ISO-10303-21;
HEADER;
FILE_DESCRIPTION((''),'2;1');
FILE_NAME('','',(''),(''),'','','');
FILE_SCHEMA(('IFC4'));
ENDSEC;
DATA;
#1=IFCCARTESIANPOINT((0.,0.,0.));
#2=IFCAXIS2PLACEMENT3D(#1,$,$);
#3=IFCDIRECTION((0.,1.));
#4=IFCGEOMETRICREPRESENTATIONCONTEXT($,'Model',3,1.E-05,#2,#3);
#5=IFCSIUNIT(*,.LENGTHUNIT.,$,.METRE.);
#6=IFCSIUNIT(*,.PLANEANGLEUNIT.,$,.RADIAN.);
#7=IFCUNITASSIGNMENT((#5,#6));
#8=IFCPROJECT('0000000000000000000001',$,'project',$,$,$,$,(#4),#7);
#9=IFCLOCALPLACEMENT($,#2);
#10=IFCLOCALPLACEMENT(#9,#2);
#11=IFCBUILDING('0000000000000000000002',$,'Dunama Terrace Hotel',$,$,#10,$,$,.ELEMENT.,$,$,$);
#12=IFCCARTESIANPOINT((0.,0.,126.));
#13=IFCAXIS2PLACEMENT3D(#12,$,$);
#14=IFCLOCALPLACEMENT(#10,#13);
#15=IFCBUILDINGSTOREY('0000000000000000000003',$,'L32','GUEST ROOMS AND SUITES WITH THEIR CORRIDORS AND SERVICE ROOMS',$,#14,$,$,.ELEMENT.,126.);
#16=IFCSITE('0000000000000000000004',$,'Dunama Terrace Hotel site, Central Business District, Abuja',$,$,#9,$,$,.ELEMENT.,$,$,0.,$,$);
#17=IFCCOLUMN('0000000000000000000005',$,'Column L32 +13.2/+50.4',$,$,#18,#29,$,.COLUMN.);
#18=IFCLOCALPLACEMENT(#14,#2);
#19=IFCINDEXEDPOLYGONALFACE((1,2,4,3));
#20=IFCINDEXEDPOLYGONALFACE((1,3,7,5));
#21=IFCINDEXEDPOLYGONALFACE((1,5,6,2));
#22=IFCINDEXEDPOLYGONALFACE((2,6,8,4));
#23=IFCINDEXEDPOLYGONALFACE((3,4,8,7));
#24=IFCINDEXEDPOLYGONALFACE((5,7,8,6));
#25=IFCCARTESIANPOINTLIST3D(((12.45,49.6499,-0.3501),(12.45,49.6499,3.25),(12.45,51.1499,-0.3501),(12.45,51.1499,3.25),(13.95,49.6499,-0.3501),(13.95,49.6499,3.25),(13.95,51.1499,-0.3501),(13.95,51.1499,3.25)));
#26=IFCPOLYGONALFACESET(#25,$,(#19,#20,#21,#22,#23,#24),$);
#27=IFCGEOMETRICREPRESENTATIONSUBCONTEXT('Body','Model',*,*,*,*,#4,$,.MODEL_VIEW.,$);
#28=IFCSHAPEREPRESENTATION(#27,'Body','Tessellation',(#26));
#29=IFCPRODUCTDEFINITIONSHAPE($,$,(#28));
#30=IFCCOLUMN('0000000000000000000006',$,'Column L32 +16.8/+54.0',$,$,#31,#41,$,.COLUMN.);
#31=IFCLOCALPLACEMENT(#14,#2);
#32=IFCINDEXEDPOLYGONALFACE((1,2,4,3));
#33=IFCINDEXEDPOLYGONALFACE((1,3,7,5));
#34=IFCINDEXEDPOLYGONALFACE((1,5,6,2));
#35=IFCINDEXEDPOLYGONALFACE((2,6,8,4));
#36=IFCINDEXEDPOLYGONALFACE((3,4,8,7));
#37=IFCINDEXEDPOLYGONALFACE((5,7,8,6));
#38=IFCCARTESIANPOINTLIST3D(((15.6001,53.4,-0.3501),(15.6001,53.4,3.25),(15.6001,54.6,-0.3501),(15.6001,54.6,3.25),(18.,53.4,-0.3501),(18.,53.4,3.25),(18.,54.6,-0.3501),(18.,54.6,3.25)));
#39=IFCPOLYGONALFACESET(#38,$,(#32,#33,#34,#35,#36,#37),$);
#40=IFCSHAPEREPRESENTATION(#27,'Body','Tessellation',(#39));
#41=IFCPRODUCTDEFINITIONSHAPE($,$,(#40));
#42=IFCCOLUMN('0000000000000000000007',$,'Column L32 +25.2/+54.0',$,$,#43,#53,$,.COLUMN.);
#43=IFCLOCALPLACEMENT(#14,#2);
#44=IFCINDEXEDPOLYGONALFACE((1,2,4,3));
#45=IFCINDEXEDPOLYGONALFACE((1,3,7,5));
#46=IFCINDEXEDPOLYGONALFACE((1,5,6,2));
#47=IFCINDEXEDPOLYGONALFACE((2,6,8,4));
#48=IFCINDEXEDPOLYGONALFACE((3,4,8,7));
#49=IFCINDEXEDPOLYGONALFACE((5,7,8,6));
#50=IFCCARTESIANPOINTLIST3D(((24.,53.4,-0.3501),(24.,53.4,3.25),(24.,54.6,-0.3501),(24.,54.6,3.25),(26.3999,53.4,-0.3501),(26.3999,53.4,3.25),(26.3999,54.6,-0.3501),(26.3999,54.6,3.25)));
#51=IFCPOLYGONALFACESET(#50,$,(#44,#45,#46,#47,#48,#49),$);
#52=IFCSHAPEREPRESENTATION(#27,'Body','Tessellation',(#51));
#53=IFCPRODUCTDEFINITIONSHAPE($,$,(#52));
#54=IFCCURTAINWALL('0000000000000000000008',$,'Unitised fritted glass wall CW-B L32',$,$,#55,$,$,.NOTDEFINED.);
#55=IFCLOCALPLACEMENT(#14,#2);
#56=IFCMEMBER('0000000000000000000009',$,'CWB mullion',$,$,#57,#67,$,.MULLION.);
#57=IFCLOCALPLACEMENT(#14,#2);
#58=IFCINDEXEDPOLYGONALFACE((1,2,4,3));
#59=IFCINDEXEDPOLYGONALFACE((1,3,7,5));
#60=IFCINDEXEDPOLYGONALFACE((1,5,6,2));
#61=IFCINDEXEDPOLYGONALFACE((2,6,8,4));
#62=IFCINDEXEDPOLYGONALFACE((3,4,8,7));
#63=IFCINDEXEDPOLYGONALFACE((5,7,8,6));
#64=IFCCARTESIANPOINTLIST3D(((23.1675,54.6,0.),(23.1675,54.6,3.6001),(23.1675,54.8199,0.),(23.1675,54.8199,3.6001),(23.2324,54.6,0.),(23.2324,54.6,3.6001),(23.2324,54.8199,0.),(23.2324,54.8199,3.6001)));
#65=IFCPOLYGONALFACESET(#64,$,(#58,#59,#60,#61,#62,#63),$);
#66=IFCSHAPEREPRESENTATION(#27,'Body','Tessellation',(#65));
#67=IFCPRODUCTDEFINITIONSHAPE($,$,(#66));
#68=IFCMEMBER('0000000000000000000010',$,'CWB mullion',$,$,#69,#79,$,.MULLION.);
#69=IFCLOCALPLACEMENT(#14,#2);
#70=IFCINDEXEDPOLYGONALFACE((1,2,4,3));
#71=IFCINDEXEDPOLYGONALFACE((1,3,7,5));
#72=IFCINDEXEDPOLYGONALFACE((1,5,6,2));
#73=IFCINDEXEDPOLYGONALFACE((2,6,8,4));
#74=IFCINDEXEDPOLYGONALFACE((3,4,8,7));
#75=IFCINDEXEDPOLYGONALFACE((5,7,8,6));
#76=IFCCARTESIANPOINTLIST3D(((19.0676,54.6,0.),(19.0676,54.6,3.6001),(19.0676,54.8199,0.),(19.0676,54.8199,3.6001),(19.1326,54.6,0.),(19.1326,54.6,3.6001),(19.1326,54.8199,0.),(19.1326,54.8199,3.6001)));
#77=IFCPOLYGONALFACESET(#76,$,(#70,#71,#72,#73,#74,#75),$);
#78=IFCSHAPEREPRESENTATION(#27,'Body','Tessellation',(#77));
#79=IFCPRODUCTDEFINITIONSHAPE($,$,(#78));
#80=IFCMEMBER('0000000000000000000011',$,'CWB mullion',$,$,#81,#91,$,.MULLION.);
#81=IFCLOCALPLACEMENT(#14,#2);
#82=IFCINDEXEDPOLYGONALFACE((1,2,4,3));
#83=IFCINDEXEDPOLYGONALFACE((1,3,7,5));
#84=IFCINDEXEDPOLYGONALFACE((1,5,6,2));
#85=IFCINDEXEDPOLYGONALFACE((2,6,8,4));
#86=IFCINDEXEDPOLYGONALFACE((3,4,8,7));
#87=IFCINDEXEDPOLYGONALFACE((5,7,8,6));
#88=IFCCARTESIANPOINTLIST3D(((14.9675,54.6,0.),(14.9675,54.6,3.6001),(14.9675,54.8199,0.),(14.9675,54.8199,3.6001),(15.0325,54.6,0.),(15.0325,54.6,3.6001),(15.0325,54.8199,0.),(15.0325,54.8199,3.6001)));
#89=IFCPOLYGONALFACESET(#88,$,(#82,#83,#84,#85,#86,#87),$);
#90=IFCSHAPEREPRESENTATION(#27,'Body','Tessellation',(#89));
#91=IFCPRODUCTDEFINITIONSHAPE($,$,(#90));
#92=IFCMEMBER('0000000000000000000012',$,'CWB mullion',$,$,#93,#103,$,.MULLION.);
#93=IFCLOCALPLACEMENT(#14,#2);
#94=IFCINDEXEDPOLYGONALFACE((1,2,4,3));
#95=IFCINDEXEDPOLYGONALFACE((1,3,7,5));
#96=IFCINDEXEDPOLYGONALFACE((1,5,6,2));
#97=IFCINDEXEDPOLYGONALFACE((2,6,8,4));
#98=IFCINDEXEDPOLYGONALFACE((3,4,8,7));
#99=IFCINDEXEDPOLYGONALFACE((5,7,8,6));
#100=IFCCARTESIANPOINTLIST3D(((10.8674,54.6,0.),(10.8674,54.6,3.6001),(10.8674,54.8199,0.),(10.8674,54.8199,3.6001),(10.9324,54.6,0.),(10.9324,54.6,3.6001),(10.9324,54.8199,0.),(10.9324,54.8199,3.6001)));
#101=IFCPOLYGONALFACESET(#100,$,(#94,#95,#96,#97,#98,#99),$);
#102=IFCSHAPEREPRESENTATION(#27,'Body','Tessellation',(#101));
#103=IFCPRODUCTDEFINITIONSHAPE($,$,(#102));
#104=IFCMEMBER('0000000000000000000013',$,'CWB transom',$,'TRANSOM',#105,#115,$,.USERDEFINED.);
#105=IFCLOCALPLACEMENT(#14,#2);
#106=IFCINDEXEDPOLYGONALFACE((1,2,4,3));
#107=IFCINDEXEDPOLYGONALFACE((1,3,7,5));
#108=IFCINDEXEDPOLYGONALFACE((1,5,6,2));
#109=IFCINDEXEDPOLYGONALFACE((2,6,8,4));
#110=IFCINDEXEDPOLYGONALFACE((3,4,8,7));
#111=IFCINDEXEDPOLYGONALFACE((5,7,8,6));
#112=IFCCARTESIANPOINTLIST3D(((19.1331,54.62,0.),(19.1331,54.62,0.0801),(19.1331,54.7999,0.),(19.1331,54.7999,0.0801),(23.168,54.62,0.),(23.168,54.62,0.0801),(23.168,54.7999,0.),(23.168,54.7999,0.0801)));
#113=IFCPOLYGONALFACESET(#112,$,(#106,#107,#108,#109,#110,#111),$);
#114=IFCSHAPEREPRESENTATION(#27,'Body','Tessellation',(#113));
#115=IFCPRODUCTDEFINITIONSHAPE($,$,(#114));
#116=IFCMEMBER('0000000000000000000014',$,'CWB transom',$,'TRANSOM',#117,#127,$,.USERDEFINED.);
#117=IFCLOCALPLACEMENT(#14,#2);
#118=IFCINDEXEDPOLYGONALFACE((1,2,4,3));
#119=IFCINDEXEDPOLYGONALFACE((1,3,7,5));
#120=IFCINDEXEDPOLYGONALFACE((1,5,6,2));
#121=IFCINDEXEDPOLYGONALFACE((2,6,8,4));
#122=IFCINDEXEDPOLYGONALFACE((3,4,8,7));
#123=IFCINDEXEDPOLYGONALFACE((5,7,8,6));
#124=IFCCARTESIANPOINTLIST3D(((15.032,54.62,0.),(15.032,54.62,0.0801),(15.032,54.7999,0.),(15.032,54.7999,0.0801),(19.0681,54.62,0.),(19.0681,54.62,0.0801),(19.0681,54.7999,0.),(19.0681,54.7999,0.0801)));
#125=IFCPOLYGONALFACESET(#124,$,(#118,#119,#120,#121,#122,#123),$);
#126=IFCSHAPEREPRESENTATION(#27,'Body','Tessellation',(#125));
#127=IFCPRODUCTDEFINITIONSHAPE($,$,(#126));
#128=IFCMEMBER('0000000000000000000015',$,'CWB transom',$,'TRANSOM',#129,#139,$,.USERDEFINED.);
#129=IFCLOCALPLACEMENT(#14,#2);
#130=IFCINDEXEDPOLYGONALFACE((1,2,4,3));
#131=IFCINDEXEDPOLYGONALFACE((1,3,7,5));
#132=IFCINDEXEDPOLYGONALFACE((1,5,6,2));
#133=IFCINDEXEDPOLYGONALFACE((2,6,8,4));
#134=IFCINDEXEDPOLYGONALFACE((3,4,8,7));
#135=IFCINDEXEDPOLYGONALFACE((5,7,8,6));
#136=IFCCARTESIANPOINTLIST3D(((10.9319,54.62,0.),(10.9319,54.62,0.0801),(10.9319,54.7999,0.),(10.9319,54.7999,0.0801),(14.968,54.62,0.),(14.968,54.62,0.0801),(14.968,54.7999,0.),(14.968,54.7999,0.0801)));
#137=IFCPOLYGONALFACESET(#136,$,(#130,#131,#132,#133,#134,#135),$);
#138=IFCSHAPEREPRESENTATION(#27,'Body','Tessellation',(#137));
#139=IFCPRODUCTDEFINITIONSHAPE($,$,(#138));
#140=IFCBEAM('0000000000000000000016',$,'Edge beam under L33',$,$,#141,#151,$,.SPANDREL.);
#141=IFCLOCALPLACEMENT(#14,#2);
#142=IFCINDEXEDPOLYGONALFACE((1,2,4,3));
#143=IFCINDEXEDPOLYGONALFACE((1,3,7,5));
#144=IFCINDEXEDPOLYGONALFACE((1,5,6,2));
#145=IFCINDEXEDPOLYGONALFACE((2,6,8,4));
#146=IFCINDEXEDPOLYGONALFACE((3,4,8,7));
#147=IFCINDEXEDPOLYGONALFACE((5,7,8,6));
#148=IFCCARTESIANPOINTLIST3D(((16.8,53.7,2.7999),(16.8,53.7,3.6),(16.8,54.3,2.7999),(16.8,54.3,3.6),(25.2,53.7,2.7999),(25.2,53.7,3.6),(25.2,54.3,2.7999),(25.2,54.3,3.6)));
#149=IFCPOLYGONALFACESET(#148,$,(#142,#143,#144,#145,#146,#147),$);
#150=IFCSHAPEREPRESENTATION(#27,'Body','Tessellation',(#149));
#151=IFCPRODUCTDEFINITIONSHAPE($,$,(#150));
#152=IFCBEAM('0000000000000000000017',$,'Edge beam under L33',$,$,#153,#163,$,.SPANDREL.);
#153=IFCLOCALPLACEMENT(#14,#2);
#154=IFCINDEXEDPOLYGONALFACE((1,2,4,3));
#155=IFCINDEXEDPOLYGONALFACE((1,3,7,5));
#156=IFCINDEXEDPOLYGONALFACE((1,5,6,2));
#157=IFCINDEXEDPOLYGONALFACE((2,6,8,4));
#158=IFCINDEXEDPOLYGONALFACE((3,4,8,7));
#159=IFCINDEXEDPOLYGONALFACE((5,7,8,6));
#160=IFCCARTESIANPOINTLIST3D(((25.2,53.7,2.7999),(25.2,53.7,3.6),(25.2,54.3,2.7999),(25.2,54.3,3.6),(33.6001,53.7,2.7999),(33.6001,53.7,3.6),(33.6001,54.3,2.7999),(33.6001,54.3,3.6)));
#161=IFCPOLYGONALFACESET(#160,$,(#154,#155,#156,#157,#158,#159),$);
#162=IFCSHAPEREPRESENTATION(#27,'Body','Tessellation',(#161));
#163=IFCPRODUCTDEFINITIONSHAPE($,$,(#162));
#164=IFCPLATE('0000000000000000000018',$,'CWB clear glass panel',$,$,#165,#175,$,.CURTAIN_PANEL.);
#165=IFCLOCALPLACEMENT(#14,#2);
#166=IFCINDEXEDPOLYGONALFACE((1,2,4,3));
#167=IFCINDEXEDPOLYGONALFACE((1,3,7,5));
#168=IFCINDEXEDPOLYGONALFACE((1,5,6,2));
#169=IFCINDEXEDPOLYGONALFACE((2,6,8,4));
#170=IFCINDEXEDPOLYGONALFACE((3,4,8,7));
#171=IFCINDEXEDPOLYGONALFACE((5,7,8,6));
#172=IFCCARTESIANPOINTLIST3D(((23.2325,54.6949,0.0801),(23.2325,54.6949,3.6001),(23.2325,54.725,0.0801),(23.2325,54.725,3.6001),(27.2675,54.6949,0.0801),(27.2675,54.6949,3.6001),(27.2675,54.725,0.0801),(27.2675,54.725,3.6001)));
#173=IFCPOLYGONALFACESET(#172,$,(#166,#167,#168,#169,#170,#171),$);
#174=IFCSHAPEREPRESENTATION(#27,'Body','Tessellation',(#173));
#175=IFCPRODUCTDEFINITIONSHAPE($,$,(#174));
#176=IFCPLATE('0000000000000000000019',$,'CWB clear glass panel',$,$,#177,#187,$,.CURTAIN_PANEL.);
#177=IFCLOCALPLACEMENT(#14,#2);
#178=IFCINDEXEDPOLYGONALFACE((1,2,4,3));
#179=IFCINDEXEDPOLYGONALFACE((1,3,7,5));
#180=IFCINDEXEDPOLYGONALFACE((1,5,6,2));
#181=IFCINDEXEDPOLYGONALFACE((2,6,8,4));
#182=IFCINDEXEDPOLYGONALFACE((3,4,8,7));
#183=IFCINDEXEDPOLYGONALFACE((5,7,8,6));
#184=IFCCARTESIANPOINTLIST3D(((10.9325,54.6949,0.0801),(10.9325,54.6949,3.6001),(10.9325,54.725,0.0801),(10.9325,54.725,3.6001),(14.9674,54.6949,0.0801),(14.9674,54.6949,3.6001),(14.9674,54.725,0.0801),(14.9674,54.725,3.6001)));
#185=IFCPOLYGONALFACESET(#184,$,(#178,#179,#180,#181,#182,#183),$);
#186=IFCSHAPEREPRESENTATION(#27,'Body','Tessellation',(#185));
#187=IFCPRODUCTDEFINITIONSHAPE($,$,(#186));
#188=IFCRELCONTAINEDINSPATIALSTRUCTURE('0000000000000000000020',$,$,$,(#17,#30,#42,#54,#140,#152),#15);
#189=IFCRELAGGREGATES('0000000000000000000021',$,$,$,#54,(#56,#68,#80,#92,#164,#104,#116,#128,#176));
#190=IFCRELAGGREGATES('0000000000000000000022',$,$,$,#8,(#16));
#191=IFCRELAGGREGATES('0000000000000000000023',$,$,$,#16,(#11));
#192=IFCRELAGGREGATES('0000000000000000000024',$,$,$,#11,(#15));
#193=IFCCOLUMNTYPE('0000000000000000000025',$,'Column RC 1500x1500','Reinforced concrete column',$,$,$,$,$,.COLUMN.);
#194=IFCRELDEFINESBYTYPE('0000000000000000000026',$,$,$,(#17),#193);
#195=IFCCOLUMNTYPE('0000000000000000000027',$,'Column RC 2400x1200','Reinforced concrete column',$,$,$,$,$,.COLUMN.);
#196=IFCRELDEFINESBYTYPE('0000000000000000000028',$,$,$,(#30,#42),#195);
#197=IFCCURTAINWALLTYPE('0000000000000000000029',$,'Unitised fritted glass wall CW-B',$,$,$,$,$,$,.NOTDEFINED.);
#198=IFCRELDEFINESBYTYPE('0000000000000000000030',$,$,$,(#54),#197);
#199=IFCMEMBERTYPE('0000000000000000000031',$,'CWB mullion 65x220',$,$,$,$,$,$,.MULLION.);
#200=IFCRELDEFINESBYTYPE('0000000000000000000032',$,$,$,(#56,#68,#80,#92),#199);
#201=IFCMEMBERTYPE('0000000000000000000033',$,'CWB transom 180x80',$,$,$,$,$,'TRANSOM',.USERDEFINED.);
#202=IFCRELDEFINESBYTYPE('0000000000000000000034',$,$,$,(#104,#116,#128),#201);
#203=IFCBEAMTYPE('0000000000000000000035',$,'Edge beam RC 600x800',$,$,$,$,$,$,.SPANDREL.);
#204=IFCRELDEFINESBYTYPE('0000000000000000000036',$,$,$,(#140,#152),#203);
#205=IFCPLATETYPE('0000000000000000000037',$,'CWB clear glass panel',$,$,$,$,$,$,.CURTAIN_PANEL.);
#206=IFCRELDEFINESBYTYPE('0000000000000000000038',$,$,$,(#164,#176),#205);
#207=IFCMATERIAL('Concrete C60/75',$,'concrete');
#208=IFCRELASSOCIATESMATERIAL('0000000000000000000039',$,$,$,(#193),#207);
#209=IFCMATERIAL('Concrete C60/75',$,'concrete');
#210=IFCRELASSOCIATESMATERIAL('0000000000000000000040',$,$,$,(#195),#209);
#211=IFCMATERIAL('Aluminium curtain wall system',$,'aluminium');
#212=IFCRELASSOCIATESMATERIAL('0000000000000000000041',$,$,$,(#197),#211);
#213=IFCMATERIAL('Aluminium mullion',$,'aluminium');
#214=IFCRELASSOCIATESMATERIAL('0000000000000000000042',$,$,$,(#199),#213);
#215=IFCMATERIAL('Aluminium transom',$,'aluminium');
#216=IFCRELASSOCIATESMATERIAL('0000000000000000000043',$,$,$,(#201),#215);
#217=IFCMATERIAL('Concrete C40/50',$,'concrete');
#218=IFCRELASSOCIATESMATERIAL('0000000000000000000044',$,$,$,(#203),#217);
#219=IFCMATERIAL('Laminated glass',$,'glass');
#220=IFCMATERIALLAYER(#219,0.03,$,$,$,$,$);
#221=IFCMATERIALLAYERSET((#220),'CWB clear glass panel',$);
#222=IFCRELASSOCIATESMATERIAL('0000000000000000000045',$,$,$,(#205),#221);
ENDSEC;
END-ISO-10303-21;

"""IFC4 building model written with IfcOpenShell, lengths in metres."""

from ifc_helpers import new_model, si_unit, direction, frame, origin, origin_2d, place, context, subcontext, project, spatial, rectangle, extrude, material, layer, layer_set, material_profile, profile_set, type_object, element, aggregate, save


model = new_model("IFC4")

# Units and contexts
model_context = context("Model", 3, precision=1e-05, world=origin(), true_north=direction((0.0, 1.0)))
body_context = subcontext(model_context, "Body", "Model", "MODEL_VIEW")
ifc_project = project(units=[si_unit("LENGTHUNIT", "METRE"), si_unit("PLANEANGLEUNIT", "RADIAN")], contexts=[model_context])

# Site, building, storey
site_placement = place(None, origin())
site = spatial("IfcSite", under=ifc_project, at=site_placement, Name="Dunama Terrace Hotel site, Central Business District, Abuja", CompositionType="ELEMENT", RefElevation=0.0)
building_placement = place(site_placement, origin())
building = spatial("IfcBuilding", under=site, at=building_placement, Name="Dunama Terrace Hotel", CompositionType="ELEMENT")
storey_placement = place(building_placement, frame((0.0, 0.0, 126.0)))
storey = spatial("IfcBuildingStorey", under=building, at=storey_placement, Name="L32", Description="GUEST ROOMS AND SUITES WITH THEIR CORRIDORS AND SERVICE ROOMS", CompositionType="ELEMENT", Elevation=126.0)

# Columns
ifc_material_1 = material(Name="Concrete C60/75", Category="concrete")
ifc_material_profile_1 = material_profile(ifc_material_1, rectangle(XDim=1.5, YDim=1.5, at=origin_2d()), Name="RC 1500x1500")
ifc_profile_set_1 = profile_set([ifc_material_profile_1], Name="Concrete C60/75")
column_type_1 = type_object("IfcColumnType", Name="Column RC 1500x1500", Description="Reinforced concrete column", PredefinedType="COLUMN", material=ifc_profile_set_1)
column_placement = place(storey_placement, frame((13.2, 50.3999, -0.3501), z_axis=(0.0, 0.0, 1.0), x_axis=(1.0, 0.0, 0.0)))
element("IfcColumn", 1, at=column_placement, inside=storey, type_object=column_type_1, Name="Column L32 +13.2/+50.4", PredefinedType="COLUMN", context=body_context, shape_type="SweptSolid", body=[
    extrude(rectangle(XDim=1.5, YDim=1.5, at=origin_2d()), origin(), (0.0, 0.0, 1.0), 3.6001),
])
ifc_material_2 = material(Name="Concrete C60/75", Category="concrete")
ifc_material_profile_2 = material_profile(ifc_material_2, rectangle(XDim=2.3999, YDim=1.2, at=origin_2d()), Name="RC 2400x1200")
ifc_profile_set_2 = profile_set([ifc_material_profile_2], Name="Concrete C60/75")
column_type_2 = type_object("IfcColumnType", Name="Column RC 2400x1200", Description="Reinforced concrete column", PredefinedType="COLUMN", material=ifc_profile_set_2)
for number, where, z_axis, x_axis, name in (
    (2, (16.8, 54.0, -0.3501), (0.0, 0.0, 1.0), (1.0, 0.0, 0.0), "Column L32 +16.8/+54.0"),
    (3, (25.2, 54.0, -0.3501), (0.0, 0.0, 1.0), (1.0, 0.0, 0.0), "Column L32 +25.2/+54.0"),
):
    element("IfcColumn", number, at=place(storey_placement, frame(where, z_axis=z_axis, x_axis=x_axis)), inside=storey, type_object=column_type_2, Name=name, PredefinedType="COLUMN", context=body_context, shape_type="SweptSolid", body=[
        extrude(rectangle(XDim=2.3999, YDim=1.2, at=origin_2d()), origin(), (0.0, 0.0, 1.0), 3.6001),
    ])

# Curtain wall, members
ifc_material_3 = material(Name="Aluminium curtain wall system", Category="aluminium")
curtain_wall_type = type_object("IfcCurtainWallType", Name="Unitised fritted glass wall CW-B", PredefinedType="NOTDEFINED", material=ifc_material_3)
curtain_wall_placement = place(storey_placement, origin())
curtain_wall = element("IfcCurtainWall", 4, at=curtain_wall_placement, inside=storey, type_object=curtain_wall_type, Name="Unitised fritted glass wall CW-B L32", PredefinedType="NOTDEFINED")
ifc_material_4 = material(Name="Aluminium mullion", Category="aluminium")
ifc_material_profile_3 = material_profile(ifc_material_4, rectangle(XDim=0.0649, YDim=0.22, at=origin_2d()), Name="CWB MULLION 65X220")
ifc_profile_set_3 = profile_set([ifc_material_profile_3], Name="Aluminium mullion")
member_type_1 = type_object("IfcMemberType", Name="CWB mullion 65x220", PredefinedType="MULLION", material=ifc_profile_set_3)
member_1_placement = place(storey_placement, frame((23.2, 54.71, 0.0), z_axis=(0.0, 0.0, 1.0), x_axis=(-1.0, 0.0, 0.0)))
member_1 = element("IfcMember", 5, at=member_1_placement, type_object=member_type_1, Name="CWB mullion", PredefinedType="MULLION", context=body_context, shape_type="SweptSolid", body=[
    extrude(rectangle(XDim=0.0649, YDim=0.22, at=origin_2d()), origin(), (0.0, 0.0, 1.0), 3.6001),
])
member_2_placement = place(storey_placement, frame((19.1001, 54.71, 0.0), z_axis=(0.0, 0.0, 1.0), x_axis=(-1.0, 0.0, 0.0)))
member_2 = element("IfcMember", 6, at=member_2_placement, type_object=member_type_1, Name="CWB mullion", PredefinedType="MULLION", context=body_context, shape_type="SweptSolid", body=[
    extrude(rectangle(XDim=0.0649, YDim=0.22, at=origin_2d()), origin(), (0.0, 0.0, 1.0), 3.6001),
])
member_3_placement = place(storey_placement, frame((15.0, 54.71, 0.0), z_axis=(0.0, 0.0, 1.0), x_axis=(-1.0, 0.0, 0.0)))
member_3 = element("IfcMember", 7, at=member_3_placement, type_object=member_type_1, Name="CWB mullion", PredefinedType="MULLION", context=body_context, shape_type="SweptSolid", body=[
    extrude(rectangle(XDim=0.0649, YDim=0.22, at=origin_2d()), origin(), (0.0, 0.0, 1.0), 3.6001),
])
member_4_placement = place(storey_placement, frame((10.8999, 54.71, 0.0), z_axis=(0.0, 0.0, 1.0), x_axis=(-1.0, 0.0, 0.0)))
member_4 = element("IfcMember", 8, at=member_4_placement, type_object=member_type_1, Name="CWB mullion", PredefinedType="MULLION", context=body_context, shape_type="SweptSolid", body=[
    extrude(rectangle(XDim=0.0649, YDim=0.22, at=origin_2d()), origin(), (0.0, 0.0, 1.0), 3.6001),
])
ifc_material_5 = material(Name="Aluminium transom", Category="aluminium")
ifc_material_profile_4 = material_profile(ifc_material_5, rectangle(XDim=0.1799, YDim=0.0801, at=origin_2d()), Name="CWB TRANSOM 180X80")
ifc_profile_set_4 = profile_set([ifc_material_profile_4], Name="Aluminium transom")
member_type_2 = type_object("IfcMemberType", Name="CWB transom 180x80", ElementType="TRANSOM", PredefinedType="USERDEFINED", material=ifc_profile_set_4)
member_5_placement = place(storey_placement, frame((23.168, 54.71, 0.04), z_axis=(-1.0, 0.0, 0.0), x_axis=(0.0, -1.0, 0.0)))
member_5 = element("IfcMember", 9, at=member_5_placement, type_object=member_type_2, Name="CWB transom", ObjectType="TRANSOM", PredefinedType="USERDEFINED", context=body_context, shape_type="SweptSolid", body=[
    extrude(rectangle(XDim=0.1799, YDim=0.0801, at=origin_2d()), origin(), (0.0, 0.0, 1.0), 4.0349),
])
member_6_placement = place(storey_placement, frame((19.0681, 54.71, 0.04), z_axis=(-1.0, 0.0, 0.0), x_axis=(0.0, -1.0, 0.0)))
member_6 = element("IfcMember", 10, at=member_6_placement, type_object=member_type_2, Name="CWB transom", ObjectType="TRANSOM", PredefinedType="USERDEFINED", context=body_context, shape_type="SweptSolid", body=[
    extrude(rectangle(XDim=0.1799, YDim=0.0801, at=origin_2d()), origin(), (0.0, 0.0, 1.0), 4.0361),
])
member_7_placement = place(storey_placement, frame((14.968, 54.71, 0.04), z_axis=(-1.0, 0.0, 0.0), x_axis=(0.0, -1.0, 0.0)))
member_7 = element("IfcMember", 11, at=member_7_placement, type_object=member_type_2, Name="CWB transom", ObjectType="TRANSOM", PredefinedType="USERDEFINED", context=body_context, shape_type="SweptSolid", body=[
    extrude(rectangle(XDim=0.1799, YDim=0.0801, at=origin_2d()), origin(), (0.0, 0.0, 1.0), 4.0361),
])

# Beams
ifc_material_6 = material(Name="Concrete C40/50", Category="concrete")
ifc_material_profile_5 = material_profile(ifc_material_6, rectangle(XDim=0.6001, YDim=0.8, at=origin_2d()), Name="RC 600x800")
ifc_profile_set_5 = profile_set([ifc_material_profile_5], Name="Concrete C40/50")
beam_type = type_object("IfcBeamType", Name="Edge beam RC 600x800", PredefinedType="SPANDREL", material=ifc_profile_set_5)
beam_1_placement = place(storey_placement, frame((16.8, 54.0, 3.2), z_axis=(1.0, 0.0, 0.0), x_axis=(0.0, 1.0, 0.0)))
element("IfcBeam", 12, at=beam_1_placement, inside=storey, type_object=beam_type, Name="Edge beam under L33", PredefinedType="SPANDREL", context=body_context, shape_type="SweptSolid", body=[
    extrude(rectangle(XDim=0.6001, YDim=0.8, at=origin_2d()), origin(), (0.0, 0.0, 1.0), 8.3999),
])
beam_2_placement = place(storey_placement, frame((25.2, 54.0, 3.2), z_axis=(1.0, 0.0, 0.0), x_axis=(0.0, 1.0, 0.0)))
element("IfcBeam", 13, at=beam_2_placement, inside=storey, type_object=beam_type, Name="Edge beam under L33", PredefinedType="SPANDREL", context=body_context, shape_type="SweptSolid", body=[
    extrude(rectangle(XDim=0.6001, YDim=0.8, at=origin_2d()), origin(), (0.0, 0.0, 1.0), 8.4001),
])

# Plates
ifc_material_7 = material(Name="Laminated glass", Category="glass")
ifc_layer_1 = layer(ifc_material_7, 0.03)
ifc_layer_set_1 = layer_set([ifc_layer_1], Name="CWB clear glass panel")
plate_type_1 = type_object("IfcPlateType", Name="CWB clear glass panel", PredefinedType="CURTAIN_PANEL", material=ifc_layer_set_1)
plate_1_placement = place(storey_placement, frame((25.25, 54.71, 0.0801), z_axis=(0.0, 0.0, 1.0), x_axis=(-1.0, 0.0, 0.0)))
plate_1 = element("IfcPlate", 14, at=plate_1_placement, type_object=plate_type_1, Name="CWB clear glass panel", PredefinedType="CURTAIN_PANEL", context=body_context, shape_type="SweptSolid", body=[
    extrude(rectangle(XDim=4.0349, YDim=0.03, at=origin_2d()), origin(), (0.0, 0.0, 1.0), 3.52),
])
plate_2_placement = place(storey_placement, frame((12.95, 54.71, 0.0801), z_axis=(0.0, 0.0, 1.0), x_axis=(-1.0, 0.0, 0.0)))
plate_2 = element("IfcPlate", 15, at=plate_2_placement, type_object=plate_type_1, Name="CWB clear glass panel", PredefinedType="CURTAIN_PANEL", context=body_context, shape_type="SweptSolid", body=[
    extrude(rectangle(XDim=4.0349, YDim=0.03, at=origin_2d()), origin(), (0.0, 0.0, 1.0), 3.52),
])
aggregate(curtain_wall, [member_1, member_2, member_3, member_4, plate_1, member_5, member_6, member_7, plate_2])

save(model, "model.ifc")
